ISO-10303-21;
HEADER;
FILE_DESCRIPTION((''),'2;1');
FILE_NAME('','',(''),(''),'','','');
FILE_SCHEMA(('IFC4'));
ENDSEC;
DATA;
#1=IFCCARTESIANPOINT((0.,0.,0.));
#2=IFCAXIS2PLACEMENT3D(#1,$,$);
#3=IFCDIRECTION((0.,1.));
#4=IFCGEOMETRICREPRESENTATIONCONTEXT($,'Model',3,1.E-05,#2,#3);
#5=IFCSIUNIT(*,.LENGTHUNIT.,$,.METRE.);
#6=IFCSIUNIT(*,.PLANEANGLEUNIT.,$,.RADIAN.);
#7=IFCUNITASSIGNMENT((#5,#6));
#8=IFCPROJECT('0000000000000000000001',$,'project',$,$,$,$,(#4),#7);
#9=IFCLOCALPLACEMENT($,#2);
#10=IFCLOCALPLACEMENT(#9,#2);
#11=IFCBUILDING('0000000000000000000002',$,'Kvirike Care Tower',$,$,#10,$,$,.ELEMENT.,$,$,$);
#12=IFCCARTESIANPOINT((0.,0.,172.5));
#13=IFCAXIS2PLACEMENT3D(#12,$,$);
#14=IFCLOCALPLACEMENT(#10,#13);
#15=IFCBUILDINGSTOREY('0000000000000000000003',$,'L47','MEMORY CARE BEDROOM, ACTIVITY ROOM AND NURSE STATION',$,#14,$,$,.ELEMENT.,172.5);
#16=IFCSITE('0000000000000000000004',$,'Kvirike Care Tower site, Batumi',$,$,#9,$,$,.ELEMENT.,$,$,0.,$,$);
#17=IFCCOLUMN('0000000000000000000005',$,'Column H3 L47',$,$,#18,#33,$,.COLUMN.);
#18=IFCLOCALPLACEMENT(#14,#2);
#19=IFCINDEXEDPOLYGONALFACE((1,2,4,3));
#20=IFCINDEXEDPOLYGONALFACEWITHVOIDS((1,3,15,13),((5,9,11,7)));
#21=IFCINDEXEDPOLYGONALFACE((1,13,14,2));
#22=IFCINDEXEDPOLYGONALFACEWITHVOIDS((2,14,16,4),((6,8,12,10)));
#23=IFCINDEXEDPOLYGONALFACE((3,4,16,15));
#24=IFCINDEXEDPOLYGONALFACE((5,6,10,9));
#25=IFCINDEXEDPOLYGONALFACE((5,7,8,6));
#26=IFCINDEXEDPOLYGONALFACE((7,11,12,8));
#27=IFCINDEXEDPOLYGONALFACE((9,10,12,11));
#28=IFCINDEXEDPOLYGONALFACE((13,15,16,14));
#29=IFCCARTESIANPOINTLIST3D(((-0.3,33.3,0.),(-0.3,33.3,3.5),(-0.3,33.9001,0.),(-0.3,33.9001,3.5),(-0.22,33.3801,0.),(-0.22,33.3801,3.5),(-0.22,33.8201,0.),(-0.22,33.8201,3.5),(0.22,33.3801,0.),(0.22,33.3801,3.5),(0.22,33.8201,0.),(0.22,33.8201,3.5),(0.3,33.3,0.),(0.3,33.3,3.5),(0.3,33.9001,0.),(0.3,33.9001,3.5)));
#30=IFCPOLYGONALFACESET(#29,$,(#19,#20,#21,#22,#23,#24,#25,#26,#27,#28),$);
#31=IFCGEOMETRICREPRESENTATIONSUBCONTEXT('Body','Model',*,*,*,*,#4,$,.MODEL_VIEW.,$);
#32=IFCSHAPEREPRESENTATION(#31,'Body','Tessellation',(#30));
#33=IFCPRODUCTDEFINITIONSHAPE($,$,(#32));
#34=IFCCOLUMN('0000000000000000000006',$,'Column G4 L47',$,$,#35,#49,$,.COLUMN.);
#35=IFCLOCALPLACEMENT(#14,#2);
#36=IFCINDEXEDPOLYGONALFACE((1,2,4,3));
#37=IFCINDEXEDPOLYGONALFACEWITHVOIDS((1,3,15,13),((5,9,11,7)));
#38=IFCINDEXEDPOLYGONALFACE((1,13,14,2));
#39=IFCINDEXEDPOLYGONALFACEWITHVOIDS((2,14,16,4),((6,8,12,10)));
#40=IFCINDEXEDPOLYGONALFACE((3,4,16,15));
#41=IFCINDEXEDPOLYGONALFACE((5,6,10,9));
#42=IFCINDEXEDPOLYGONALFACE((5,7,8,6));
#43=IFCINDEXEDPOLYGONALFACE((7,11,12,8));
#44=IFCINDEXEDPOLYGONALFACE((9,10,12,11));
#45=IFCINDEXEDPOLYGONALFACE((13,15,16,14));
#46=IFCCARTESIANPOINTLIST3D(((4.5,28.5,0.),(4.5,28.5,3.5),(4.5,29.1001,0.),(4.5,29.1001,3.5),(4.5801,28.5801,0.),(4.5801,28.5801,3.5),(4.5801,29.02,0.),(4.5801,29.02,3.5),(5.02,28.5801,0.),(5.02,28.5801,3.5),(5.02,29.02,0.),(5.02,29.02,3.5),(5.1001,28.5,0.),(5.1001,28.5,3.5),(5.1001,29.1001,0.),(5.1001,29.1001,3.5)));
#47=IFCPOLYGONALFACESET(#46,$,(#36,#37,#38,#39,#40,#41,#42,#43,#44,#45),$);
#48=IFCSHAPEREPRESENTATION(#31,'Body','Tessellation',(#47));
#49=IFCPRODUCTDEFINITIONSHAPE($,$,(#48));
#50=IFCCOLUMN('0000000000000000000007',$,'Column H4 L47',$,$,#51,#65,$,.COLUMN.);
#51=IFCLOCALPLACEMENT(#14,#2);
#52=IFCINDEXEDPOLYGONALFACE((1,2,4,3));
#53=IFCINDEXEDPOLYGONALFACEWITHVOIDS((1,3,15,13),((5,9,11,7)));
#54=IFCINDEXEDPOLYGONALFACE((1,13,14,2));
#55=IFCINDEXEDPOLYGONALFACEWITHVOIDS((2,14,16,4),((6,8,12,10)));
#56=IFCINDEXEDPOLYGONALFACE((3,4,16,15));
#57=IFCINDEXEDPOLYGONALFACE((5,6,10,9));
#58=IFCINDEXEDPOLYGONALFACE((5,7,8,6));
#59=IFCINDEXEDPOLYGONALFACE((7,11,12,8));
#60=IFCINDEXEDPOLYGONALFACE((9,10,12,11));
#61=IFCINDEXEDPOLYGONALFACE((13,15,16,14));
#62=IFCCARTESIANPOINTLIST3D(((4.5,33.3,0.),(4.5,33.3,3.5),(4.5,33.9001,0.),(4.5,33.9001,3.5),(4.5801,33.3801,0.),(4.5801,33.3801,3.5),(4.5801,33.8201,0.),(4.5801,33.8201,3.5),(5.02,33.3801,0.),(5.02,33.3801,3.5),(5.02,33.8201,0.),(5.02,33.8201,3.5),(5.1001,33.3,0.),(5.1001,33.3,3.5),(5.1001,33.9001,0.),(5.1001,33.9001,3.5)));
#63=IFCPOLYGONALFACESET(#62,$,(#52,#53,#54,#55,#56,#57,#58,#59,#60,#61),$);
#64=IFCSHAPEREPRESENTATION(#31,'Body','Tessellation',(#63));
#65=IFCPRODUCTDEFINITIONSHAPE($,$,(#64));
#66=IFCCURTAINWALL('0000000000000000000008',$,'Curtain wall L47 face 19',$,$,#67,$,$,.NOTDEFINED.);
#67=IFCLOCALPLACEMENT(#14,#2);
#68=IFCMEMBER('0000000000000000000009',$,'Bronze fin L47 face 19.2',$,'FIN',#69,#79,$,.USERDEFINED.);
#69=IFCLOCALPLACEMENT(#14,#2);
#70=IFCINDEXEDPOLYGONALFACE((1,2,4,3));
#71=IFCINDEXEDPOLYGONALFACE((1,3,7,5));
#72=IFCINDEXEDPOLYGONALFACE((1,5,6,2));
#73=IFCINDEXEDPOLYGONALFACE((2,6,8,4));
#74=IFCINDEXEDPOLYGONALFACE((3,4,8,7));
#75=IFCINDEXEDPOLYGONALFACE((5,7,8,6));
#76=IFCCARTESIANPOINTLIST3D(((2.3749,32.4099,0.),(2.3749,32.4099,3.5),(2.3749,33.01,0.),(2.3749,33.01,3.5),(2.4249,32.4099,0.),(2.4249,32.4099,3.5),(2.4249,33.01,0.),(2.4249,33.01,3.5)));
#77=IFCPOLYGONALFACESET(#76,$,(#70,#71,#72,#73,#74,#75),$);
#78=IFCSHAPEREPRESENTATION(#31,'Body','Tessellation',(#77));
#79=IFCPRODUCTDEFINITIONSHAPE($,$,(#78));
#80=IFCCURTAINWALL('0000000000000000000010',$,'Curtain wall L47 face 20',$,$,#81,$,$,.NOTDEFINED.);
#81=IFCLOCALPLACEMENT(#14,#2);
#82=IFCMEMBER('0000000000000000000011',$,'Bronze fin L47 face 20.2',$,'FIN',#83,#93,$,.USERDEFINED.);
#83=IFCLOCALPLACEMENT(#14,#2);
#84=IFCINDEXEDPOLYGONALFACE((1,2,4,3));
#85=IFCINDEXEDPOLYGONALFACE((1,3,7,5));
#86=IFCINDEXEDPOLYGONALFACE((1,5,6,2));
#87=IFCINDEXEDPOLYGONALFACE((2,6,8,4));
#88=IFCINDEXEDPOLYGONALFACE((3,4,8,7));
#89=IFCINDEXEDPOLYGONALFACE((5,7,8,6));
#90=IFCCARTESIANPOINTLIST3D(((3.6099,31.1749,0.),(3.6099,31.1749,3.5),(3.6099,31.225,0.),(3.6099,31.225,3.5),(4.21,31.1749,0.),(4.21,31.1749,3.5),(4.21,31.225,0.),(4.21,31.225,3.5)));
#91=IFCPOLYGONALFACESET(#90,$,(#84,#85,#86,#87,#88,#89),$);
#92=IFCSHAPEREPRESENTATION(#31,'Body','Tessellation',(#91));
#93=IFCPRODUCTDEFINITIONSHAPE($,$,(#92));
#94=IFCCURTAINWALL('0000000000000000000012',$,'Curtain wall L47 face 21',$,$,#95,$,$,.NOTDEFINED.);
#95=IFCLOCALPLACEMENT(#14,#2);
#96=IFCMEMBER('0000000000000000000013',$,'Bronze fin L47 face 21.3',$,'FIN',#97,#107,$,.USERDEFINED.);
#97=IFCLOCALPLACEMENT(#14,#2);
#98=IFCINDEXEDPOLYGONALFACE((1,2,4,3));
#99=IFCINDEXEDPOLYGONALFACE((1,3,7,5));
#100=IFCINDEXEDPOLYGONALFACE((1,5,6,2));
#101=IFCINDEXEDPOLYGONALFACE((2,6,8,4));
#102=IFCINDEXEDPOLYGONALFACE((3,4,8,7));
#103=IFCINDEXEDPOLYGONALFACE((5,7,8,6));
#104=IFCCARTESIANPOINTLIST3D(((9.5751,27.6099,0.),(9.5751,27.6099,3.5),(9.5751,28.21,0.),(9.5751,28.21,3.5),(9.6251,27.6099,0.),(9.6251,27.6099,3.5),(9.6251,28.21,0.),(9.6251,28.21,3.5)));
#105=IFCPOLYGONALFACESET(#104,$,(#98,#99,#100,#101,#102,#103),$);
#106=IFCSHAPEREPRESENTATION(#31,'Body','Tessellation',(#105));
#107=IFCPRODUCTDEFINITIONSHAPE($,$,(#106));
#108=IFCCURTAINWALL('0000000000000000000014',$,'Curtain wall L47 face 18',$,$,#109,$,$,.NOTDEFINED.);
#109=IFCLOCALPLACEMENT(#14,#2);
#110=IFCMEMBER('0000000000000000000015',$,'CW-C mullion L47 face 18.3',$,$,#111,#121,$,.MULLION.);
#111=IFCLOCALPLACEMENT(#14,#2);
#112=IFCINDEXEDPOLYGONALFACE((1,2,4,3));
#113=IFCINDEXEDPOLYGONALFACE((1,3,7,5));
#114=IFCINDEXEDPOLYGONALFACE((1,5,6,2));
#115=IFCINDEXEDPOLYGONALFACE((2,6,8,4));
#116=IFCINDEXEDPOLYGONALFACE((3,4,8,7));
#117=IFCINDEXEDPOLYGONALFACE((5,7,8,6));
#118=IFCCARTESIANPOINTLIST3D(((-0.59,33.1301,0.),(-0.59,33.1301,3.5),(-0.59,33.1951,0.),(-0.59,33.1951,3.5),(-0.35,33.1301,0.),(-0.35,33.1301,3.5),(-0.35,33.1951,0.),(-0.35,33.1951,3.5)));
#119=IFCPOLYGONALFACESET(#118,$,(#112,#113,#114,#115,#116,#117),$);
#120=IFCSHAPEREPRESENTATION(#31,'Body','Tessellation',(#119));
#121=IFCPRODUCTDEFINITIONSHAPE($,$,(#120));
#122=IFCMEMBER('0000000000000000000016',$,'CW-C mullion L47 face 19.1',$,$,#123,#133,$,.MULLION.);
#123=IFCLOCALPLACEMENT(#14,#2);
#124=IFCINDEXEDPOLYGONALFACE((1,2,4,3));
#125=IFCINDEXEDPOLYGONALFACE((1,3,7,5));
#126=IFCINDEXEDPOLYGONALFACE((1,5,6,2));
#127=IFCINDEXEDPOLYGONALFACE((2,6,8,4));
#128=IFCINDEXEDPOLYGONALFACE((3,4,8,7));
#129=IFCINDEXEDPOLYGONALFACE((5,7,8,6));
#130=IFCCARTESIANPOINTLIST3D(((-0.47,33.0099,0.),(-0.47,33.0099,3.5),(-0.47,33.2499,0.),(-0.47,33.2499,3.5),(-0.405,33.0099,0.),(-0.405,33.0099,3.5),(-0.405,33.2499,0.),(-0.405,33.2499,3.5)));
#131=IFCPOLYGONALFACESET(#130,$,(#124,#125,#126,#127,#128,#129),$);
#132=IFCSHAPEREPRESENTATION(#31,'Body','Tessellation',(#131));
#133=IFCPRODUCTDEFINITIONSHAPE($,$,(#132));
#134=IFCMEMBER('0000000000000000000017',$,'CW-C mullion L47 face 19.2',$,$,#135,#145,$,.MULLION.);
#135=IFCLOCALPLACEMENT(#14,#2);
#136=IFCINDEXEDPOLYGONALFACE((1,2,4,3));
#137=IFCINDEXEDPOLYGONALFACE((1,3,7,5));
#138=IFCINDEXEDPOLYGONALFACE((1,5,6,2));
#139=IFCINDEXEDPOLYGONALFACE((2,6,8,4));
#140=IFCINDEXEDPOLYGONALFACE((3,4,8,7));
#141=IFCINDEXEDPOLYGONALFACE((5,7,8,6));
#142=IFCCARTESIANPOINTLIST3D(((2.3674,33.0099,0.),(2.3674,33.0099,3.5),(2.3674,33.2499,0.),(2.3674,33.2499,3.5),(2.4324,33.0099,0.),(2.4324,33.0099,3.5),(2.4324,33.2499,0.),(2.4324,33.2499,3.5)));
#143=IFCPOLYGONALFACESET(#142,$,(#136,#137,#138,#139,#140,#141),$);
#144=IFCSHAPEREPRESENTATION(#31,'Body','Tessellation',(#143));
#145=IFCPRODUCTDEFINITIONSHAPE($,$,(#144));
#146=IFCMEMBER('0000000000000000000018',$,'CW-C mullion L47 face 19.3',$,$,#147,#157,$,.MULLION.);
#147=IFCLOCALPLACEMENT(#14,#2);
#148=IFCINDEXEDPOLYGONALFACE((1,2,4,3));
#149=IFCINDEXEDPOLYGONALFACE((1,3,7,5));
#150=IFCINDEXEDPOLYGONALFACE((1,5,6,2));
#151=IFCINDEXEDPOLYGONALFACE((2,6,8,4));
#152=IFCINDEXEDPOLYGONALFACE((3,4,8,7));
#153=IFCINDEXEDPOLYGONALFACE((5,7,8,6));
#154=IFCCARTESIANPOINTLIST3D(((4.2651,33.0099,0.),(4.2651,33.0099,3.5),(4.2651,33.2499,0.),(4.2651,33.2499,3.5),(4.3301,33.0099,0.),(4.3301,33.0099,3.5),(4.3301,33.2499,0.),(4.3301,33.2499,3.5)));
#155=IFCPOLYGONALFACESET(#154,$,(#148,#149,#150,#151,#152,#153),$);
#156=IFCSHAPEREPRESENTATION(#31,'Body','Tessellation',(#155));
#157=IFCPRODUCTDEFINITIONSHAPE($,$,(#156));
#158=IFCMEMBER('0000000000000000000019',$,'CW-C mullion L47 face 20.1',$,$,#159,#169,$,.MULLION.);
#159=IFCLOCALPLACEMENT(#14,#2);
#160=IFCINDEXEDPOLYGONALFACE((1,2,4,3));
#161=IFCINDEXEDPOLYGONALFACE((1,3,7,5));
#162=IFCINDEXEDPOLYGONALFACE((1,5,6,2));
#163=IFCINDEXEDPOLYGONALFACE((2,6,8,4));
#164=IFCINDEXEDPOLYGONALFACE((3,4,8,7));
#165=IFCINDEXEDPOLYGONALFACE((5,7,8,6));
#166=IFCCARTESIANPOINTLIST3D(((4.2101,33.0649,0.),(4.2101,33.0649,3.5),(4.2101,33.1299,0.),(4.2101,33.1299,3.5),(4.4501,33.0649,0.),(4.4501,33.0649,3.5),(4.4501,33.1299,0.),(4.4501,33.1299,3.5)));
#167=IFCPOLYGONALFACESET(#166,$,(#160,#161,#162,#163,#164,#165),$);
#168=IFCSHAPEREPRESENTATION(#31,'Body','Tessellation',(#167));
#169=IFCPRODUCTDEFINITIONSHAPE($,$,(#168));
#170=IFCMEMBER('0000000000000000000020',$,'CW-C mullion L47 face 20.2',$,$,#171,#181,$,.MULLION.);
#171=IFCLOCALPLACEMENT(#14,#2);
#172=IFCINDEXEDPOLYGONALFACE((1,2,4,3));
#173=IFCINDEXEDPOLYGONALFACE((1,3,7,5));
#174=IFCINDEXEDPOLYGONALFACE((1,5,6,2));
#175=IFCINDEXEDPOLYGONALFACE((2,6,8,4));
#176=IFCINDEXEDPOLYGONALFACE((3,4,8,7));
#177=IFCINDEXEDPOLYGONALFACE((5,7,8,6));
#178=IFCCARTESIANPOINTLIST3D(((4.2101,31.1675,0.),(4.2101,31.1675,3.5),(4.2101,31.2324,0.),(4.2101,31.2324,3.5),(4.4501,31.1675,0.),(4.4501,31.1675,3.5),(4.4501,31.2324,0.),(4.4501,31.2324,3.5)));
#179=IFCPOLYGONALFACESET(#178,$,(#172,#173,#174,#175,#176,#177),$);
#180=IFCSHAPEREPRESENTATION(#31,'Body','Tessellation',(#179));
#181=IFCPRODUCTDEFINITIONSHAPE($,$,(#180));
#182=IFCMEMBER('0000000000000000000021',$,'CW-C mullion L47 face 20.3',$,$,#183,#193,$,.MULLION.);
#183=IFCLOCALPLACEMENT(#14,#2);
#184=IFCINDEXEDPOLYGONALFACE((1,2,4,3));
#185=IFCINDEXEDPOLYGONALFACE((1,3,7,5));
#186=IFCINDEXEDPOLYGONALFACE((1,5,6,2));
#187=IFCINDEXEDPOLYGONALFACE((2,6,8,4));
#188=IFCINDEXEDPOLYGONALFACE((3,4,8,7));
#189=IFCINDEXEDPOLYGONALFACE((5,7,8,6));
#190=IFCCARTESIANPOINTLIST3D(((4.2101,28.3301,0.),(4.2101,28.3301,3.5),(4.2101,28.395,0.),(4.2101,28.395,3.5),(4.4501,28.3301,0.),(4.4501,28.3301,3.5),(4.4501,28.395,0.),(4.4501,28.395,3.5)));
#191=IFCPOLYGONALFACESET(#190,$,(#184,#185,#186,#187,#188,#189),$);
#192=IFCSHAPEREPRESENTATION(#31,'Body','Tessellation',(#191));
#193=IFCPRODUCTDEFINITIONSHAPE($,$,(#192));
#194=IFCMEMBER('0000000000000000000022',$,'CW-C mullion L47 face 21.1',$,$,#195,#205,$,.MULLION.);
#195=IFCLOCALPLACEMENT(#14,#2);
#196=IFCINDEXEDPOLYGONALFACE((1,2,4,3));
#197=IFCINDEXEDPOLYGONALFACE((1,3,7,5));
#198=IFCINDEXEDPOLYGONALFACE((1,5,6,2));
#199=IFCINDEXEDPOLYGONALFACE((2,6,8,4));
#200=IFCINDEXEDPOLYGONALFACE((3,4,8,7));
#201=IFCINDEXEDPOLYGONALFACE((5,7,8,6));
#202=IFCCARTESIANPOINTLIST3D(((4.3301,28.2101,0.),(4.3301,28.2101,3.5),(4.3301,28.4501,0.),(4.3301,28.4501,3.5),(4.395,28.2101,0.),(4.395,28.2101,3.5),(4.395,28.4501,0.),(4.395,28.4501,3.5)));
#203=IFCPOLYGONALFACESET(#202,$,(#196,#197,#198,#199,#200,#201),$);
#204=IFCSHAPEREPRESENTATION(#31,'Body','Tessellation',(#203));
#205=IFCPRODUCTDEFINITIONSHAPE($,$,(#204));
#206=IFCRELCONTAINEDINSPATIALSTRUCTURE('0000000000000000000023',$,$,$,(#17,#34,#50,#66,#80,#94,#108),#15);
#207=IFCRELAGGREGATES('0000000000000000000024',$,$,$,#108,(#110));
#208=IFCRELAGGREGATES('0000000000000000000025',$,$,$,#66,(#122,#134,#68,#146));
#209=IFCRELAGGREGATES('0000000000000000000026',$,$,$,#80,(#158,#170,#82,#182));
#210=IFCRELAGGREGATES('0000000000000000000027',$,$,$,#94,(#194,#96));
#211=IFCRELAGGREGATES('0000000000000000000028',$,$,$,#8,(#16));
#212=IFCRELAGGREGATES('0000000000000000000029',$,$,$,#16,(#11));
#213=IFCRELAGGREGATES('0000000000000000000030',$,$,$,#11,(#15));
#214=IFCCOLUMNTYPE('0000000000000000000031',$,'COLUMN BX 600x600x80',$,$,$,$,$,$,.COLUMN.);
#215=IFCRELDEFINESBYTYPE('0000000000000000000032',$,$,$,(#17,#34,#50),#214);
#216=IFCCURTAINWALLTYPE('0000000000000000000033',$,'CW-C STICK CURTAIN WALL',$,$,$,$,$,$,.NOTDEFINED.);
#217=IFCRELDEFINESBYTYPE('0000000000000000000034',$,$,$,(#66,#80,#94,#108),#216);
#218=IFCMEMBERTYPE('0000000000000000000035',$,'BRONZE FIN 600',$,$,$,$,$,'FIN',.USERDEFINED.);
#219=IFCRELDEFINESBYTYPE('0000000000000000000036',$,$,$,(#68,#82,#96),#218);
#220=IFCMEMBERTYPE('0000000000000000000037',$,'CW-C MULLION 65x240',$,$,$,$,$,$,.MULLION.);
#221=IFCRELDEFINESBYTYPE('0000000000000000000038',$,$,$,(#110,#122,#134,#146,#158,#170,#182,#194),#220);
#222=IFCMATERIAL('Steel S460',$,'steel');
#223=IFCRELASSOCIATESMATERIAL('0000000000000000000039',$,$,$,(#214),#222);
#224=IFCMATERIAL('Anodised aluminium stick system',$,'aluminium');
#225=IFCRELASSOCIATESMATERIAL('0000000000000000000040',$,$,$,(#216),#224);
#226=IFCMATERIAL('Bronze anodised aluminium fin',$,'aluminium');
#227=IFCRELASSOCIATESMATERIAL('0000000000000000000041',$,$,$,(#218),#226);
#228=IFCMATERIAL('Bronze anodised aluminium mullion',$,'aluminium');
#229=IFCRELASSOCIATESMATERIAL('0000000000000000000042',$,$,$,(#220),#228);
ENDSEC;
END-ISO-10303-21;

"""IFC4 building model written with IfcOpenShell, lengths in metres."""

from ifc_helpers import new_model, si_unit, direction, frame, origin, origin_2d, place, context, subcontext, project, spatial, rectangle, hollow_rectangle, extrude, material, material_profile, profile_set, type_object, element, aggregate, save


model = new_model("IFC4")

# Units and contexts
model_context = context("Model", 3, precision=1e-05, world=origin(), true_north=direction((0.0, 1.0)))
body_context = subcontext(model_context, "Body", "Model", "MODEL_VIEW")
ifc_project = project(units=[si_unit("LENGTHUNIT", "METRE"), si_unit("PLANEANGLEUNIT", "RADIAN")], contexts=[model_context])

# Site, building, storey
site_placement = place(None, origin())
site = spatial("IfcSite", under=ifc_project, at=site_placement, Name="Kvirike Care Tower site, Batumi", CompositionType="ELEMENT", RefElevation=0.0)
building_placement = place(site_placement, origin())
building = spatial("IfcBuilding", under=site, at=building_placement, Name="Kvirike Care Tower", CompositionType="ELEMENT")
storey_placement = place(building_placement, frame((0.0, 0.0, 172.5)))
storey = spatial("IfcBuildingStorey", under=building, at=storey_placement, Name="L47", Description="MEMORY CARE BEDROOM, ACTIVITY ROOM AND NURSE STATION", CompositionType="ELEMENT", Elevation=172.5)

# Columns
ifc_material_1 = material(Name="Steel S460", Category="steel")
ifc_material_profile_1 = material_profile(ifc_material_1, hollow_rectangle(XDim=0.6001, YDim=0.6001, WallThickness=0.0801, at=origin_2d()), Name="BX 600x600x80")
ifc_profile_set_1 = profile_set([ifc_material_profile_1], Name="Steel S460")
column_type = type_object("IfcColumnType", Name="COLUMN BX 600x600x80", PredefinedType="COLUMN", material=ifc_profile_set_1)
for number, where, z_axis, x_axis, name in (
    (1, (0.0, 33.6001, 0.0), (0.0, 0.0, 1.0), (0.0, 1.0, 0.0), "Column H3 L47"),
    (2, (4.8, 28.8, 0.0), (0.0, 0.0, 1.0), (0.0, 1.0, 0.0), "Column G4 L47"),
    (3, (4.8, 33.6001, 0.0), (0.0, 0.0, 1.0), (0.0, 1.0, 0.0), "Column H4 L47"),
):
    element("IfcColumn", number, at=place(storey_placement, frame(where, z_axis=z_axis, x_axis=x_axis)), inside=storey, type_object=column_type, Name=name, PredefinedType="COLUMN", context=body_context, shape_type="SweptSolid", body=[
        extrude(hollow_rectangle(XDim=0.6001, YDim=0.6001, WallThickness=0.0801, at=origin_2d()), origin(), (0.0, 0.0, 1.0), 3.5),
    ])

# Curtain walls, members
ifc_material_2 = material(Name="Anodised aluminium stick system", Category="aluminium")
curtain_wall_type = type_object("IfcCurtainWallType", Name="CW-C STICK CURTAIN WALL", PredefinedType="NOTDEFINED", material=ifc_material_2)
curtain_wall_1_placement = place(storey_placement, origin())
curtain_wall_1 = element("IfcCurtainWall", 4, at=curtain_wall_1_placement, inside=storey, type_object=curtain_wall_type, Name="Curtain wall L47 face 19", PredefinedType="NOTDEFINED")
ifc_material_3 = material(Name="Bronze anodised aluminium fin", Category="aluminium")
ifc_material_profile_2 = material_profile(ifc_material_3, rectangle(XDim=0.05, YDim=0.6001, at=origin_2d()), Name="BRONZE FIN 600")
ifc_profile_set_2 = profile_set([ifc_material_profile_2], Name="Bronze anodised aluminium fin")
member_type_1 = type_object("IfcMemberType", Name="BRONZE FIN 600", ElementType="FIN", PredefinedType="USERDEFINED", material=ifc_profile_set_2)
member_1_placement = place(storey_placement, frame((2.3999, 32.71, 0.0), z_axis=(0.0, 0.0, 1.0), x_axis=(1.0, 0.0, 0.0)))
member_1 = element("IfcMember", 5, at=member_1_placement, type_object=member_type_1, Name="Bronze fin L47 face 19.2", ObjectType="FIN", PredefinedType="USERDEFINED", context=body_context, shape_type="SweptSolid", body=[
    extrude(rectangle(XDim=0.05, YDim=0.6001, at=origin_2d()), origin(), (0.0, 0.0, 1.0), 3.5),
])
curtain_wall_2_placement = place(storey_placement, origin())
curtain_wall_2 = element("IfcCurtainWall", 6, at=curtain_wall_2_placement, inside=storey, type_object=curtain_wall_type, Name="Curtain wall L47 face 20", PredefinedType="NOTDEFINED")
member_2_placement = place(storey_placement, frame((3.9099, 31.2, 0.0), z_axis=(0.0, 0.0, 1.0), x_axis=(0.0, -1.0, 0.0)))
member_2 = element("IfcMember", 7, at=member_2_placement, type_object=member_type_1, Name="Bronze fin L47 face 20.2", ObjectType="FIN", PredefinedType="USERDEFINED", context=body_context, shape_type="SweptSolid", body=[
    extrude(rectangle(XDim=0.05, YDim=0.6001, at=origin_2d()), origin(), (0.0, 0.0, 1.0), 3.5),
])
curtain_wall_3_placement = place(storey_placement, origin())
curtain_wall_3 = element("IfcCurtainWall", 8, at=curtain_wall_3_placement, inside=storey, type_object=curtain_wall_type, Name="Curtain wall L47 face 21", PredefinedType="NOTDEFINED")
member_3_placement = place(storey_placement, frame((9.6001, 27.9099, 0.0), z_axis=(0.0, 0.0, 1.0), x_axis=(1.0, 0.0, 0.0)))
member_3 = element("IfcMember", 9, at=member_3_placement, type_object=member_type_1, Name="Bronze fin L47 face 21.3", ObjectType="FIN", PredefinedType="USERDEFINED", context=body_context, shape_type="SweptSolid", body=[
    extrude(rectangle(XDim=0.05, YDim=0.6001, at=origin_2d()), origin(), (0.0, 0.0, 1.0), 3.5),
])
curtain_wall_4_placement = place(storey_placement, origin())
curtain_wall_4 = element("IfcCurtainWall", 10, at=curtain_wall_4_placement, inside=storey, type_object=curtain_wall_type, Name="Curtain wall L47 face 18", PredefinedType="NOTDEFINED")
ifc_material_4 = material(Name="Bronze anodised aluminium mullion", Category="aluminium")
ifc_material_profile_3 = material_profile(ifc_material_4, rectangle(XDim=0.0649, YDim=0.24, at=origin_2d()), Name="CW-C MULLION 65x240")
ifc_profile_set_3 = profile_set([ifc_material_profile_3], Name="Bronze anodised aluminium mullion")
member_type_2 = type_object("IfcMemberType", Name="CW-C MULLION 65x240", PredefinedType="MULLION", material=ifc_profile_set_3)
member_4_placement = place(storey_placement, frame((-0.47, 33.1626, 0.0), z_axis=(0.0, 0.0, 1.0), x_axis=(0.0, -1.0, 0.0)))
member_4 = element("IfcMember", 11, at=member_4_placement, type_object=member_type_2, Name="CW-C mullion L47 face 18.3", PredefinedType="MULLION", context=body_context, shape_type="SweptSolid", body=[
    extrude(rectangle(XDim=0.0649, YDim=0.24, at=origin_2d()), origin(), (0.0, 0.0, 1.0), 3.5),
])
aggregate(curtain_wall_4, [member_4])

# Members
member_5_placement = place(storey_placement, frame((-0.4375, 33.1299, 0.0), z_axis=(0.0, 0.0, 1.0), x_axis=(1.0, 0.0, 0.0)))
member_5 = element("IfcMember", 12, at=member_5_placement, type_object=member_type_2, Name="CW-C mullion L47 face 19.1", PredefinedType="MULLION", context=body_context, shape_type="SweptSolid", body=[
    extrude(rectangle(XDim=0.0649, YDim=0.24, at=origin_2d()), origin(), (0.0, 0.0, 1.0), 3.5),
])
member_6_placement = place(storey_placement, frame((2.3999, 33.1299, 0.0), z_axis=(0.0, 0.0, 1.0), x_axis=(1.0, 0.0, 0.0)))
member_6 = element("IfcMember", 13, at=member_6_placement, type_object=member_type_2, Name="CW-C mullion L47 face 19.2", PredefinedType="MULLION", context=body_context, shape_type="SweptSolid", body=[
    extrude(rectangle(XDim=0.0649, YDim=0.24, at=origin_2d()), origin(), (0.0, 0.0, 1.0), 3.5),
])
member_7_placement = place(storey_placement, frame((4.2976, 33.1299, 0.0), z_axis=(0.0, 0.0, 1.0), x_axis=(1.0, 0.0, 0.0)))
member_7 = element("IfcMember", 14, at=member_7_placement, type_object=member_type_2, Name="CW-C mullion L47 face 19.3", PredefinedType="MULLION", context=body_context, shape_type="SweptSolid", body=[
    extrude(rectangle(XDim=0.0649, YDim=0.24, at=origin_2d()), origin(), (0.0, 0.0, 1.0), 3.5),
])
member_8_placement = place(storey_placement, frame((4.3301, 33.0974, 0.0), z_axis=(0.0, 0.0, 1.0), x_axis=(0.0, -1.0, 0.0)))
member_8 = element("IfcMember", 15, at=member_8_placement, type_object=member_type_2, Name="CW-C mullion L47 face 20.1", PredefinedType="MULLION", context=body_context, shape_type="SweptSolid", body=[
    extrude(rectangle(XDim=0.0649, YDim=0.24, at=origin_2d()), origin(), (0.0, 0.0, 1.0), 3.5),
])
member_9_placement = place(storey_placement, frame((4.3301, 31.2, 0.0), z_axis=(0.0, 0.0, 1.0), x_axis=(0.0, -1.0, 0.0)))
member_9 = element("IfcMember", 16, at=member_9_placement, type_object=member_type_2, Name="CW-C mullion L47 face 20.2", PredefinedType="MULLION", context=body_context, shape_type="SweptSolid", body=[
    extrude(rectangle(XDim=0.0649, YDim=0.24, at=origin_2d()), origin(), (0.0, 0.0, 1.0), 3.5),
])
member_10_placement = place(storey_placement, frame((4.3301, 28.3625, 0.0), z_axis=(0.0, 0.0, 1.0), x_axis=(0.0, -1.0, 0.0)))
member_10 = element("IfcMember", 17, at=member_10_placement, type_object=member_type_2, Name="CW-C mullion L47 face 20.3", PredefinedType="MULLION", context=body_context, shape_type="SweptSolid", body=[
    extrude(rectangle(XDim=0.0649, YDim=0.24, at=origin_2d()), origin(), (0.0, 0.0, 1.0), 3.5),
])
member_11_placement = place(storey_placement, frame((4.3625, 28.3301, 0.0), z_axis=(0.0, 0.0, 1.0), x_axis=(1.0, 0.0, 0.0)))
member_11 = element("IfcMember", 18, at=member_11_placement, type_object=member_type_2, Name="CW-C mullion L47 face 21.1", PredefinedType="MULLION", context=body_context, shape_type="SweptSolid", body=[
    extrude(rectangle(XDim=0.0649, YDim=0.24, at=origin_2d()), origin(), (0.0, 0.0, 1.0), 3.5),
])

aggregate(curtain_wall_1, [member_5, member_6, member_1, member_7])
aggregate(curtain_wall_2, [member_8, member_9, member_2, member_10])
aggregate(curtain_wall_3, [member_11, member_3])

save(model, "model.ifc")
